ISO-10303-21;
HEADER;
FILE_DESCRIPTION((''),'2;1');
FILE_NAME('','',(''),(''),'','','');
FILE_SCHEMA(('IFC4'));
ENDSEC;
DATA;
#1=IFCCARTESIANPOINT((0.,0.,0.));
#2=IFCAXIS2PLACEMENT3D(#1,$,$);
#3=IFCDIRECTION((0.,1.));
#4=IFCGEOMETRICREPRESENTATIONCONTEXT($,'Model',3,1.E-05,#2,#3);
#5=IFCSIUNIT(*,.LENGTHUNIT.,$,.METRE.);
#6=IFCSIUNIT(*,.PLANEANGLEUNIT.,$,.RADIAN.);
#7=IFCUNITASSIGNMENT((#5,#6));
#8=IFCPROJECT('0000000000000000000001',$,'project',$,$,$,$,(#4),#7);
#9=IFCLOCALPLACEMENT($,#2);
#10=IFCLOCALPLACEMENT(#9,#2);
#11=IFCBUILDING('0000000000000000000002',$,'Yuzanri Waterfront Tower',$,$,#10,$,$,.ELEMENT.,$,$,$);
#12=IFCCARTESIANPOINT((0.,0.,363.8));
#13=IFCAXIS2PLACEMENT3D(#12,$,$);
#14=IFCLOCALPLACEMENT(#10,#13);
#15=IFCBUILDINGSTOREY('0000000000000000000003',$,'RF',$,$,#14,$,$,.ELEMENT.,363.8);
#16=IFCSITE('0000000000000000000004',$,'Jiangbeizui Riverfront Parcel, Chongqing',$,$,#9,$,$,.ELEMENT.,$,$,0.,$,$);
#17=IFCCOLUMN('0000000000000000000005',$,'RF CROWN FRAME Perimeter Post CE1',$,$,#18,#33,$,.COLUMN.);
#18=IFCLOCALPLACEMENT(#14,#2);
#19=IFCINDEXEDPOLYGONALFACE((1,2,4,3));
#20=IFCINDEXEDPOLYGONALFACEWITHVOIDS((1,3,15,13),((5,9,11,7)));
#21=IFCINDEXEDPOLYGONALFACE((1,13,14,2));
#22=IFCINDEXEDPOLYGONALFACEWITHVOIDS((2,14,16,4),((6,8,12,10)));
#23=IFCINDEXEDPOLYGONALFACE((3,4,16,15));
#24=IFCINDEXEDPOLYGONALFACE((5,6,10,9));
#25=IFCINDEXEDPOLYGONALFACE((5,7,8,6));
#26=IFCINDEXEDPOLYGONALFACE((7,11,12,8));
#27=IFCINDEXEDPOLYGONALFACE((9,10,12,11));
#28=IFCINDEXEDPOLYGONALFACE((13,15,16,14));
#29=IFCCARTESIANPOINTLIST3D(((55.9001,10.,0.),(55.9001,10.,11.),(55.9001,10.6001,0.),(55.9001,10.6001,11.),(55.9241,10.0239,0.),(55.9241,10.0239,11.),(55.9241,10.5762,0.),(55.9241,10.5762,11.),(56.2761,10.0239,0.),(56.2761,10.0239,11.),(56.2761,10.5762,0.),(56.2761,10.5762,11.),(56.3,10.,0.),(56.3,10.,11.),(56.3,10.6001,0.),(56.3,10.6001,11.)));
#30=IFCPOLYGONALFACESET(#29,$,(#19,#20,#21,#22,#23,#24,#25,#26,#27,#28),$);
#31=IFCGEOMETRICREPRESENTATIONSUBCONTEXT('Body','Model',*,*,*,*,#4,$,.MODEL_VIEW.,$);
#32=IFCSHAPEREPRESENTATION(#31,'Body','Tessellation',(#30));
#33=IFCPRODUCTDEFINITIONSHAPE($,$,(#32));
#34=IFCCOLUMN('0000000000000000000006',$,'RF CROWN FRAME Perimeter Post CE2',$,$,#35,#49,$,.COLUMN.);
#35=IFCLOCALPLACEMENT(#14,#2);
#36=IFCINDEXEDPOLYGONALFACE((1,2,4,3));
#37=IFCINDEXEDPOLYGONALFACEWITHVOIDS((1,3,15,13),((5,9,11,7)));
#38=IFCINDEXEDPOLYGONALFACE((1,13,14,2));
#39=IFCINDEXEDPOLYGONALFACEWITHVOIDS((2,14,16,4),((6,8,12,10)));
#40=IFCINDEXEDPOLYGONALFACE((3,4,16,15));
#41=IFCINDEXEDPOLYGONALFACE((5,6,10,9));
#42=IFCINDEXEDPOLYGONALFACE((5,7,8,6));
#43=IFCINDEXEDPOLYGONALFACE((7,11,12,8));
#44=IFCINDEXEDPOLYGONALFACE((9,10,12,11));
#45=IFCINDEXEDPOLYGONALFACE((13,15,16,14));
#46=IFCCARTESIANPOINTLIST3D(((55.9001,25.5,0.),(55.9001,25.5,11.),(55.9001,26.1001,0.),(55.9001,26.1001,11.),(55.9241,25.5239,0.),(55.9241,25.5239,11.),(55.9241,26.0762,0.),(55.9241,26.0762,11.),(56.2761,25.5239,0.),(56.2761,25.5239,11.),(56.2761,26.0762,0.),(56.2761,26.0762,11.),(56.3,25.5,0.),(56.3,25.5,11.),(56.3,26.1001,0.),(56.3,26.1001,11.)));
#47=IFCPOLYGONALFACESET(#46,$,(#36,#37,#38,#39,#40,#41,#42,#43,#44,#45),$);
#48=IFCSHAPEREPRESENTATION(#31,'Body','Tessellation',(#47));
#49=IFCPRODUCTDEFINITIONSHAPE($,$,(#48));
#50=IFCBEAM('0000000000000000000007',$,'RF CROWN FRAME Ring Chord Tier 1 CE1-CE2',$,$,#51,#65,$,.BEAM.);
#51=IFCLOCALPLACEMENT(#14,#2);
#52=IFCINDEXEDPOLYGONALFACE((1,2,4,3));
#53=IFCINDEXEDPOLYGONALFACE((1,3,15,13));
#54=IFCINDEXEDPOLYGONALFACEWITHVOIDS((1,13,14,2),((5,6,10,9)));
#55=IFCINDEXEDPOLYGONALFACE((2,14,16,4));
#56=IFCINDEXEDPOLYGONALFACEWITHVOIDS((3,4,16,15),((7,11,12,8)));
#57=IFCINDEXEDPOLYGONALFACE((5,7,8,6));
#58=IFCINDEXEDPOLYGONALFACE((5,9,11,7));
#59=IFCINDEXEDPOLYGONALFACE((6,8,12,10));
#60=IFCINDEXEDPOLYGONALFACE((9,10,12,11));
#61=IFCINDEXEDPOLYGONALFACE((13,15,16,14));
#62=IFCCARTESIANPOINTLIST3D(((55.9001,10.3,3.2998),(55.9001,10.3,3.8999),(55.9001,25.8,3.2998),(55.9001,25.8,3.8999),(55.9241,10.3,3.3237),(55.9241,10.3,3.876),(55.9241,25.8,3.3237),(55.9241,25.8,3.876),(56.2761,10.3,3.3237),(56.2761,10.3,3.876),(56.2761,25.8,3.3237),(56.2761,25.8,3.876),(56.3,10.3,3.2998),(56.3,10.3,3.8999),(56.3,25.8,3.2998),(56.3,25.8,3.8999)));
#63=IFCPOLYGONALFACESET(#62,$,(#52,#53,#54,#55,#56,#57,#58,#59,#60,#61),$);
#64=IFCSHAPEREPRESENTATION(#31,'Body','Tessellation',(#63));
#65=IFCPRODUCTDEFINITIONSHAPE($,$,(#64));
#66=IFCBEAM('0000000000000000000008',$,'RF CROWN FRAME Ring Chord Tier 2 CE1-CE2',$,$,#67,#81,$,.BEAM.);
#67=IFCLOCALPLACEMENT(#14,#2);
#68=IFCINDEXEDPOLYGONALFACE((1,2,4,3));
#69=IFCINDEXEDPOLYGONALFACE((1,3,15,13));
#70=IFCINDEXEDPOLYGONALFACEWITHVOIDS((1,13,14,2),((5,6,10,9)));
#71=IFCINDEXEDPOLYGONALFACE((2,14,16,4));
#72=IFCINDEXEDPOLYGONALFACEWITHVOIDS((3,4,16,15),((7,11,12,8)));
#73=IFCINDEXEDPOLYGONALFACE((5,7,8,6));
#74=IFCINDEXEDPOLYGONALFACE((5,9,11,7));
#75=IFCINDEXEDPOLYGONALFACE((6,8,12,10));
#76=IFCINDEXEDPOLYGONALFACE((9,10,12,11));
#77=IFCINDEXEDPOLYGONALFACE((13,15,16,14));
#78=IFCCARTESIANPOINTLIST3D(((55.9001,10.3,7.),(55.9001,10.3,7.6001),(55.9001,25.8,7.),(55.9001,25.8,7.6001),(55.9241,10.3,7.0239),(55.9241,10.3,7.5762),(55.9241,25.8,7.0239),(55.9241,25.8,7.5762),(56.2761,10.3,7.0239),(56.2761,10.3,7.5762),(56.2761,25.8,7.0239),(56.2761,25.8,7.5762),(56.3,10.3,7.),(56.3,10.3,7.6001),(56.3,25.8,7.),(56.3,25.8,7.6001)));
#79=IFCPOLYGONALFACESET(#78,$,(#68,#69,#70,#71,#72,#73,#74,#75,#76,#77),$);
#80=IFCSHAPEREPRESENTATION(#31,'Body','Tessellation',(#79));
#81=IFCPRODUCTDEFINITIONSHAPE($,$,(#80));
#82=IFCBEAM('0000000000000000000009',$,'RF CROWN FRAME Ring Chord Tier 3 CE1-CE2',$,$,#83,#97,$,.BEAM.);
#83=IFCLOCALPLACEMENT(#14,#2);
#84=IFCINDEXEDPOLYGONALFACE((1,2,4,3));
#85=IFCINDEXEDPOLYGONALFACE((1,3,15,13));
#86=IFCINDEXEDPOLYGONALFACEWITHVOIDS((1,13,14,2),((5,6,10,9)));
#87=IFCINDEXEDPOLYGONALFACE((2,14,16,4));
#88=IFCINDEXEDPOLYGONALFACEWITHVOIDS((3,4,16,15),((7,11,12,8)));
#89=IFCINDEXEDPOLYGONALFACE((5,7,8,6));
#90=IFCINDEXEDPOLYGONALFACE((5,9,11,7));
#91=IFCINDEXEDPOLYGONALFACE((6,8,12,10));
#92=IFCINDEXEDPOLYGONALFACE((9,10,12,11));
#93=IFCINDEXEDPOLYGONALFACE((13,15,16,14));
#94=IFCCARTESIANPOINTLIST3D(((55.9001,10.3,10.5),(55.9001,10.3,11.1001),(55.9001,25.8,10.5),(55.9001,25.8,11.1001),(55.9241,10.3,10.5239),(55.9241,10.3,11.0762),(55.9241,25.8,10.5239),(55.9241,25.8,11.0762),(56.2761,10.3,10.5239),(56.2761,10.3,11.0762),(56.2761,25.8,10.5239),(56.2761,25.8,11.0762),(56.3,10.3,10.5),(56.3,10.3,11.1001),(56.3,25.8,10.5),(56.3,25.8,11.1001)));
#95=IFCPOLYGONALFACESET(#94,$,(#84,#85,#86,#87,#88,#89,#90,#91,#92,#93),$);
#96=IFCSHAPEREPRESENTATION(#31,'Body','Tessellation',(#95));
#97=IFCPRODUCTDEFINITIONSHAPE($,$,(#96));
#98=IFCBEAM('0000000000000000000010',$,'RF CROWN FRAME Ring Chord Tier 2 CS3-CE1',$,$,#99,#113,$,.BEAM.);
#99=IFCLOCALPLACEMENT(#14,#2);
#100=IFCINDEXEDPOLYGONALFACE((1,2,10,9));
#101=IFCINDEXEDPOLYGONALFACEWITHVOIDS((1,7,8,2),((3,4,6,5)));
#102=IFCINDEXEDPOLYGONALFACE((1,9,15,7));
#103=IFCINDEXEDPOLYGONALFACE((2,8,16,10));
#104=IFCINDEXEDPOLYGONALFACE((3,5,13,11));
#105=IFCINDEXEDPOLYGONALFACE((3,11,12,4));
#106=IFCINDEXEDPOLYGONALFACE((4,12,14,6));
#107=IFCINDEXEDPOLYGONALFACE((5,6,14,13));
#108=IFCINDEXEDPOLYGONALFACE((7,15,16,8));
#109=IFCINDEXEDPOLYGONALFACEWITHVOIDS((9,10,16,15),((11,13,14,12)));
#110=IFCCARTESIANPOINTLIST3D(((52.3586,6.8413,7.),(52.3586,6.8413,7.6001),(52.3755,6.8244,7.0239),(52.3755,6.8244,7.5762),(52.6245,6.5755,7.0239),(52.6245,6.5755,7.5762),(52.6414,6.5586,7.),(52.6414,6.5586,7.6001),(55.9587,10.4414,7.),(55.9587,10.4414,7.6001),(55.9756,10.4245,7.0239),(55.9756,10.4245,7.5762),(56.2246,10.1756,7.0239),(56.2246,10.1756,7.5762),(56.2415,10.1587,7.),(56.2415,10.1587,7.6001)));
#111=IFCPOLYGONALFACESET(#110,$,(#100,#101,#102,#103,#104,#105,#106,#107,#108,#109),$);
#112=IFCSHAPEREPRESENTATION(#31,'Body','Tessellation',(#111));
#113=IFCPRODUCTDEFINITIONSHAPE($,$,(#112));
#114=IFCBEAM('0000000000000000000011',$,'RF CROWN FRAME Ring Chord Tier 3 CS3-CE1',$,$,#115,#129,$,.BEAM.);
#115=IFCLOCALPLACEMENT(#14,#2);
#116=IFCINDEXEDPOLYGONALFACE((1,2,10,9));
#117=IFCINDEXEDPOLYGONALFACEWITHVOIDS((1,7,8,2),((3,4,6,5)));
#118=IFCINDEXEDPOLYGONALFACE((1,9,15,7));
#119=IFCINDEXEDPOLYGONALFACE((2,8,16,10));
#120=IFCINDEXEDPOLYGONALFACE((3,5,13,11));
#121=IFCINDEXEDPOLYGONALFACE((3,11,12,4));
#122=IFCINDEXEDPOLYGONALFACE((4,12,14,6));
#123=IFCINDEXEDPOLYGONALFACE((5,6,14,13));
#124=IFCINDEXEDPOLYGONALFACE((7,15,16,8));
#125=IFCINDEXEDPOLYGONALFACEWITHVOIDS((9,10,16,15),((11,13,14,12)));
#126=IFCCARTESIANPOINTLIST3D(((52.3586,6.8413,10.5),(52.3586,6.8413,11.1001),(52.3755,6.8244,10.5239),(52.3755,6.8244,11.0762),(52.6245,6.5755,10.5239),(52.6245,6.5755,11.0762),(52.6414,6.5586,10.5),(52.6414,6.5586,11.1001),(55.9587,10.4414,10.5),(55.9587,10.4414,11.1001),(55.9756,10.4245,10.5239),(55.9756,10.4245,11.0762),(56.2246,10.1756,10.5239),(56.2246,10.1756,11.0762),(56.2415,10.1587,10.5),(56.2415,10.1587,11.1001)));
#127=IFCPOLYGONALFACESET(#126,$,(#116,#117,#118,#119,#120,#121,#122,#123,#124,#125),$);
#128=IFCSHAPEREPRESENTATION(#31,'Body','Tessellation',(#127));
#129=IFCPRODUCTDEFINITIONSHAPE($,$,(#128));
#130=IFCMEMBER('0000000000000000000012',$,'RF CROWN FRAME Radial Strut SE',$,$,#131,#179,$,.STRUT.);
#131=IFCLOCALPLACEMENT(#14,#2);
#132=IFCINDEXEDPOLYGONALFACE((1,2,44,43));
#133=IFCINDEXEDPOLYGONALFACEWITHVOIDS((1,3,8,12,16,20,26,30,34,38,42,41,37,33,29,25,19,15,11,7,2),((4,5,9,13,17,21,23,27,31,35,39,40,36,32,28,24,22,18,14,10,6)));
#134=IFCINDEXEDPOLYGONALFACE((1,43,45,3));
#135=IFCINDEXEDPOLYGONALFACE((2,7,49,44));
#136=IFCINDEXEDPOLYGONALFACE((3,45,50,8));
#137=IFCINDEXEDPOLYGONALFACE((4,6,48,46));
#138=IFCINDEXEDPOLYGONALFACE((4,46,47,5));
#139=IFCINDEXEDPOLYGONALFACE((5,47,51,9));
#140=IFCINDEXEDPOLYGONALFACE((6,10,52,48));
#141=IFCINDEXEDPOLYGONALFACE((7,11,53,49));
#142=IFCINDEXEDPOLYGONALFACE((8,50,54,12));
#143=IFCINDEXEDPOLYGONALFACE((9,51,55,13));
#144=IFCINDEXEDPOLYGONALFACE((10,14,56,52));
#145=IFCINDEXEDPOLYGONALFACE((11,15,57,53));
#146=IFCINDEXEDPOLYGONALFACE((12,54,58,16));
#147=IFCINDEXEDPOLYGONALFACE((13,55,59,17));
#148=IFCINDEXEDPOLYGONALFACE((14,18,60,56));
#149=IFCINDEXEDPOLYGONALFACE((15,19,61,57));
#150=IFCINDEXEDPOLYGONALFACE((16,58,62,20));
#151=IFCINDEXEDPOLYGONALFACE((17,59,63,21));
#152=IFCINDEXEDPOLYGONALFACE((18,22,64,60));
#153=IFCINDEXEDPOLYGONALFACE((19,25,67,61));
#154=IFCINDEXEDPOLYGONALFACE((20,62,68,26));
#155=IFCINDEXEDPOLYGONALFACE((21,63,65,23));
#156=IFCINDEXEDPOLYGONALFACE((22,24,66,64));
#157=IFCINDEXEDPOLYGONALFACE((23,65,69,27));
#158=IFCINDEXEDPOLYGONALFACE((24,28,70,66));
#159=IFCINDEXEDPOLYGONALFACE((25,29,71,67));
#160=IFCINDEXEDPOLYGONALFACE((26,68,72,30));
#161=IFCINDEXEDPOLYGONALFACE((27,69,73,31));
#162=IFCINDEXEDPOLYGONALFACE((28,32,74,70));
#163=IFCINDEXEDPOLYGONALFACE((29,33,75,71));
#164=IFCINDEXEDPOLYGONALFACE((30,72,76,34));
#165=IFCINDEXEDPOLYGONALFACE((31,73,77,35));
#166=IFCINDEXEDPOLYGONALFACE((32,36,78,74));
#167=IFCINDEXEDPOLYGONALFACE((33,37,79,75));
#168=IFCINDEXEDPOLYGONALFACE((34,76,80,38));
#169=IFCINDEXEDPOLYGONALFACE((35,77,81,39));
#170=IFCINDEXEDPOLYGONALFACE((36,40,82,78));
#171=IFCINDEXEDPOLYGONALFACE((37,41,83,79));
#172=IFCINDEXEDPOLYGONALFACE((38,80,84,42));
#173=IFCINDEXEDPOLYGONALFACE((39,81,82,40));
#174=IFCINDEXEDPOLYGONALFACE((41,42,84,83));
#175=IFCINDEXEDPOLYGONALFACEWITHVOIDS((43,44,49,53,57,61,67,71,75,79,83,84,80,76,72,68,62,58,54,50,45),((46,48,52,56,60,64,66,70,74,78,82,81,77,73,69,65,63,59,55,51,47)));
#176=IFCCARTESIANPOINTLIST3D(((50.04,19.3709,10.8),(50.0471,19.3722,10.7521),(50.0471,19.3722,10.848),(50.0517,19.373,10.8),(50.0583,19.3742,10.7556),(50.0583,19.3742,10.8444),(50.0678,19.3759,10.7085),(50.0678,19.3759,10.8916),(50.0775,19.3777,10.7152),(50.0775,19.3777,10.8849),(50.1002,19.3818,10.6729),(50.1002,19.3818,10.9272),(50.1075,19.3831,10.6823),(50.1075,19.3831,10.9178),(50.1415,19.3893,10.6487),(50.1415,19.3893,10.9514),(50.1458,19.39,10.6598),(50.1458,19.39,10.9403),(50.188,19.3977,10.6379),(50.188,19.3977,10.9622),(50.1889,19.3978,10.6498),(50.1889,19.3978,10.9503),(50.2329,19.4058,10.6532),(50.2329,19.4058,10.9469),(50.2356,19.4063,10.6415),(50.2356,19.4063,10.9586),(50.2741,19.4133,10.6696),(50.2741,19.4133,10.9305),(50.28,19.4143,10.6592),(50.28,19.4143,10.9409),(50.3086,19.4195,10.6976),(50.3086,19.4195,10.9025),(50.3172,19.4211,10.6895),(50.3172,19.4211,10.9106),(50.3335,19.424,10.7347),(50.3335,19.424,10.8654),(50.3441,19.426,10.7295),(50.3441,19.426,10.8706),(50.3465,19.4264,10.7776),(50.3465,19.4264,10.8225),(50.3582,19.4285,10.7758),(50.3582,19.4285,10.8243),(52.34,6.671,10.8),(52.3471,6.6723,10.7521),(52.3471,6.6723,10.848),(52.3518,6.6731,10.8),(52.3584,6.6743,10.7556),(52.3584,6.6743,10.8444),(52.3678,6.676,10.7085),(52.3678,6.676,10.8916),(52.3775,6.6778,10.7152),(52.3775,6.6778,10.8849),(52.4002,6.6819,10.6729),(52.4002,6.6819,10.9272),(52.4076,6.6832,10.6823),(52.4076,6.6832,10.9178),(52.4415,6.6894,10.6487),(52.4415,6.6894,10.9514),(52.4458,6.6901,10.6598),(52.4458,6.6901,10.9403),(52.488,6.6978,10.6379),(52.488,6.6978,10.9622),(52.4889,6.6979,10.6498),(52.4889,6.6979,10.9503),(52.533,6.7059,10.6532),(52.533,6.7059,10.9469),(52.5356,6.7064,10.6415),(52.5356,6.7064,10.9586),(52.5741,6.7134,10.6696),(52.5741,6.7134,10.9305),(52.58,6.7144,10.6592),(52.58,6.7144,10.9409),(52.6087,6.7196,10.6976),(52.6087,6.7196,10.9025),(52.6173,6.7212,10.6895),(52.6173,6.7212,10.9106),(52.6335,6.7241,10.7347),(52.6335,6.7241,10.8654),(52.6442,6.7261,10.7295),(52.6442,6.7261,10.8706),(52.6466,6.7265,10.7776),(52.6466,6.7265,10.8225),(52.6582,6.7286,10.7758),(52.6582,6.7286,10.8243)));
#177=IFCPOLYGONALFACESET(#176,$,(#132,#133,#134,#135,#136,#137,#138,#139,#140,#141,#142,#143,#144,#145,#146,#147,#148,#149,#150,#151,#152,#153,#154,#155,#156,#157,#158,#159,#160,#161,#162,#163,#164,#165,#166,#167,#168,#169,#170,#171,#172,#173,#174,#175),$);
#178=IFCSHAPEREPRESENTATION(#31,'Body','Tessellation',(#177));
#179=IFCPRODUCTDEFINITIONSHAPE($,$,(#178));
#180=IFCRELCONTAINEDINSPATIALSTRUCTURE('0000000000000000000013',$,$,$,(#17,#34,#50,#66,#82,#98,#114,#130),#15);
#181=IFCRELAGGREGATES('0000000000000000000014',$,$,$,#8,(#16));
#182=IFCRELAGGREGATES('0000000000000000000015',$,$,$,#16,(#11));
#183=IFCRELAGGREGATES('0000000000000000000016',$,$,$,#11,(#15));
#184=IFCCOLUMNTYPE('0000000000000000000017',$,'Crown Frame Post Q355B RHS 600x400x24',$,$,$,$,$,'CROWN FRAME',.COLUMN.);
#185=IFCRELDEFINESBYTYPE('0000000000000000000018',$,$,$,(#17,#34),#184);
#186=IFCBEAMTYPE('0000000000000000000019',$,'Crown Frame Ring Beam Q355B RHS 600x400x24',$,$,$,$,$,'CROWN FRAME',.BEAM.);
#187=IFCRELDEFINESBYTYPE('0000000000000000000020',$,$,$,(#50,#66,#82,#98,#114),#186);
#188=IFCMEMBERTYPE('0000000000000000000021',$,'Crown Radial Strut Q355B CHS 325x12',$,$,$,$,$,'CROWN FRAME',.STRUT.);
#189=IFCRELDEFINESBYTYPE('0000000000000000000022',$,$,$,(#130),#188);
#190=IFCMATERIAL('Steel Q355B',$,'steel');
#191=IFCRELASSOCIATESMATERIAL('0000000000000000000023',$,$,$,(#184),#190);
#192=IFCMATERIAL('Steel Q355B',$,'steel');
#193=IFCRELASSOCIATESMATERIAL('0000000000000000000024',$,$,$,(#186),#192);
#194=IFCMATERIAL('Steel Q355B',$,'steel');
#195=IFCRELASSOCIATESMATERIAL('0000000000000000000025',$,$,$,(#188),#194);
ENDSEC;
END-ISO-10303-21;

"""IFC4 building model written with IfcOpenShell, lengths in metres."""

from ifc_helpers import new_model, si_unit, direction, frame, origin, origin_2d, place, context, subcontext, project, spatial, hollow_rectangle, hollow_circle, extrude, source, transform, mapped, material, material_profile, profile_set, type_object, element, save


model = new_model("IFC4")

# Units and contexts
model_context = context("Model", 3, precision=1e-05, world=origin(), true_north=direction((0.0, 1.0)))
body_context = subcontext(model_context, "Body", "Model", "MODEL_VIEW")
ifc_project = project(units=[si_unit("LENGTHUNIT", "METRE"), si_unit("PLANEANGLEUNIT", "RADIAN")], contexts=[model_context])

# Site, building, storey
site_placement = place(None, origin())
site = spatial("IfcSite", under=ifc_project, at=site_placement, Name="Jiangbeizui Riverfront Parcel, Chongqing", CompositionType="ELEMENT", RefElevation=0.0)
building_placement = place(site_placement, origin())
building = spatial("IfcBuilding", under=site, at=building_placement, Name="Yuzanri Waterfront Tower", CompositionType="ELEMENT")
storey_placement = place(building_placement, frame((0.0, 0.0, 363.8)))
storey = spatial("IfcBuildingStorey", under=building, at=storey_placement, Name="RF", CompositionType="ELEMENT", Elevation=363.8)

# Columns
ifc_material_1 = material(Name="Steel Q355B", Category="steel")
ifc_material_profile_1 = material_profile(ifc_material_1, hollow_rectangle(XDim=0.3999, YDim=0.6001, WallThickness=0.0239, at=origin_2d()), Name="RHS 600x400x24")
ifc_profile_set_1 = profile_set([ifc_material_profile_1], Name="Steel Q355B")
column_type = type_object("IfcColumnType", Name="Crown Frame Post Q355B RHS 600x400x24", ElementType="CROWN FRAME", PredefinedType="COLUMN", material=ifc_profile_set_1)
shared_shape_1 = source(origin(), body_context, "Body", "SweptSolid", [
    extrude(hollow_rectangle(XDim=0.3999, YDim=0.6001, WallThickness=0.0239, at=origin_2d()), origin(), (0.0, 0.0, 1.0), 11.0),
])
for number, where, z_axis, x_axis, name in (
    (1, (56.1001, 10.3, 0.0), (0.0, 0.0, 1.0), (1.0, 0.0, 0.0), "RF CROWN FRAME Perimeter Post CE1"),
    (2, (56.1001, 25.8, 0.0), (0.0, 0.0, 1.0), (1.0, 0.0, 0.0), "RF CROWN FRAME Perimeter Post CE2"),
):
    element("IfcColumn", number, at=place(storey_placement, frame(where, z_axis=z_axis, x_axis=x_axis)), inside=storey, type_object=column_type, Name=name, PredefinedType="COLUMN", context=body_context, shape_type="MappedRepresentation", body=[
        mapped(shared_shape_1, transform((0.0, 0.0, 0.0), scale=1.0)),
    ])

# Beams
ifc_material_2 = material(Name="Steel Q355B", Category="steel")
ifc_material_profile_2 = material_profile(ifc_material_2, hollow_rectangle(XDim=0.3999, YDim=0.6001, WallThickness=0.0239, at=origin_2d()), Name="RHS 600x400x24")
ifc_profile_set_2 = profile_set([ifc_material_profile_2], Name="Steel Q355B")
beam_type = type_object("IfcBeamType", Name="Crown Frame Ring Beam Q355B RHS 600x400x24", ElementType="CROWN FRAME", PredefinedType="BEAM", material=ifc_profile_set_2)
shared_shape_2 = source(origin(), body_context, "Body", "SweptSolid", [
    extrude(hollow_rectangle(XDim=0.3999, YDim=0.6001, WallThickness=0.0239, at=origin_2d()), origin(), (0.0, 0.0, 1.0), 15.5),
])
for number, where, z_axis, x_axis, name in (
    (3, (56.1001, 10.3, 3.5999), (0.0, 1.0, 0.0), (-1.0, 0.0, 0.0), "RF CROWN FRAME Ring Chord Tier 1 CE1-CE2"),
    (4, (56.1001, 10.3, 7.3), (0.0, 1.0, 0.0), (-1.0, 0.0, 0.0), "RF CROWN FRAME Ring Chord Tier 2 CE1-CE2"),
    (5, (56.1001, 10.3, 10.8), (0.0, 1.0, 0.0), (-1.0, 0.0, 0.0), "RF CROWN FRAME Ring Chord Tier 3 CE1-CE2"),
):
    element("IfcBeam", number, at=place(storey_placement, frame(where, z_axis=z_axis, x_axis=x_axis)), inside=storey, type_object=beam_type, Name=name, PredefinedType="BEAM", context=body_context, shape_type="MappedRepresentation", body=[
        mapped(shared_shape_2, transform((0.0, 0.0, 0.0), scale=1.0)),
    ])
shared_shape_3 = source(origin(), body_context, "Body", "SweptSolid", [
    extrude(hollow_rectangle(XDim=0.3999, YDim=0.6001, WallThickness=0.0239, at=origin_2d()), origin(), (0.0, 0.0, 1.0), 5.0913),
])
for number, where, z_axis, x_axis, name in (
    (6, (52.5, 6.7, 7.3), (0.707107, 0.707107, 0.0), (-0.707107, 0.707107, 0.0), "RF CROWN FRAME Ring Chord Tier 2 CS3-CE1"),
    (7, (52.5, 6.7, 10.8), (0.707107, 0.707107, 0.0), (-0.707107, 0.707107, 0.0), "RF CROWN FRAME Ring Chord Tier 3 CS3-CE1"),
):
    element("IfcBeam", number, at=place(storey_placement, frame(where, z_axis=z_axis, x_axis=x_axis)), inside=storey, type_object=beam_type, Name=name, PredefinedType="BEAM", context=body_context, shape_type="MappedRepresentation", body=[
        mapped(shared_shape_3, transform((0.0, 0.0, 0.0), scale=1.0)),
    ])

# Member
ifc_material_3 = material(Name="Steel Q355B", Category="steel")
ifc_material_profile_3 = material_profile(ifc_material_3, hollow_circle(Radius=0.1626, WallThickness=0.012, at=origin_2d()), Name="CHS 325x12")
ifc_profile_set_3 = profile_set([ifc_material_profile_3], Name="Steel Q355B")
member_type_1 = type_object("IfcMemberType", Name="Crown Radial Strut Q355B CHS 325x12", ElementType="CROWN FRAME", PredefinedType="STRUT", material=ifc_profile_set_3)
shared_shape_4 = source(origin(), body_context, "Body", "SweptSolid", [
    extrude(hollow_circle(Radius=0.1626, WallThickness=0.012, at=origin_2d()), origin(), (0.0, 0.0, 1.0), 12.9065),
])
member_1_placement = place(storey_placement, frame((52.5, 6.7, 10.8), z_axis=(-0.178208, 0.983993, 0.0), x_axis=(-0.983993, -0.178208, 0.0)))
element("IfcMember", 8, at=member_1_placement, inside=storey, type_object=member_type_1, Name="RF CROWN FRAME Radial Strut SE", PredefinedType="STRUT", context=body_context, shape_type="MappedRepresentation", body=[
    mapped(shared_shape_4, transform((0.0, 0.0, 0.0), scale=1.0)),
])

save(model, "model.ifc")
